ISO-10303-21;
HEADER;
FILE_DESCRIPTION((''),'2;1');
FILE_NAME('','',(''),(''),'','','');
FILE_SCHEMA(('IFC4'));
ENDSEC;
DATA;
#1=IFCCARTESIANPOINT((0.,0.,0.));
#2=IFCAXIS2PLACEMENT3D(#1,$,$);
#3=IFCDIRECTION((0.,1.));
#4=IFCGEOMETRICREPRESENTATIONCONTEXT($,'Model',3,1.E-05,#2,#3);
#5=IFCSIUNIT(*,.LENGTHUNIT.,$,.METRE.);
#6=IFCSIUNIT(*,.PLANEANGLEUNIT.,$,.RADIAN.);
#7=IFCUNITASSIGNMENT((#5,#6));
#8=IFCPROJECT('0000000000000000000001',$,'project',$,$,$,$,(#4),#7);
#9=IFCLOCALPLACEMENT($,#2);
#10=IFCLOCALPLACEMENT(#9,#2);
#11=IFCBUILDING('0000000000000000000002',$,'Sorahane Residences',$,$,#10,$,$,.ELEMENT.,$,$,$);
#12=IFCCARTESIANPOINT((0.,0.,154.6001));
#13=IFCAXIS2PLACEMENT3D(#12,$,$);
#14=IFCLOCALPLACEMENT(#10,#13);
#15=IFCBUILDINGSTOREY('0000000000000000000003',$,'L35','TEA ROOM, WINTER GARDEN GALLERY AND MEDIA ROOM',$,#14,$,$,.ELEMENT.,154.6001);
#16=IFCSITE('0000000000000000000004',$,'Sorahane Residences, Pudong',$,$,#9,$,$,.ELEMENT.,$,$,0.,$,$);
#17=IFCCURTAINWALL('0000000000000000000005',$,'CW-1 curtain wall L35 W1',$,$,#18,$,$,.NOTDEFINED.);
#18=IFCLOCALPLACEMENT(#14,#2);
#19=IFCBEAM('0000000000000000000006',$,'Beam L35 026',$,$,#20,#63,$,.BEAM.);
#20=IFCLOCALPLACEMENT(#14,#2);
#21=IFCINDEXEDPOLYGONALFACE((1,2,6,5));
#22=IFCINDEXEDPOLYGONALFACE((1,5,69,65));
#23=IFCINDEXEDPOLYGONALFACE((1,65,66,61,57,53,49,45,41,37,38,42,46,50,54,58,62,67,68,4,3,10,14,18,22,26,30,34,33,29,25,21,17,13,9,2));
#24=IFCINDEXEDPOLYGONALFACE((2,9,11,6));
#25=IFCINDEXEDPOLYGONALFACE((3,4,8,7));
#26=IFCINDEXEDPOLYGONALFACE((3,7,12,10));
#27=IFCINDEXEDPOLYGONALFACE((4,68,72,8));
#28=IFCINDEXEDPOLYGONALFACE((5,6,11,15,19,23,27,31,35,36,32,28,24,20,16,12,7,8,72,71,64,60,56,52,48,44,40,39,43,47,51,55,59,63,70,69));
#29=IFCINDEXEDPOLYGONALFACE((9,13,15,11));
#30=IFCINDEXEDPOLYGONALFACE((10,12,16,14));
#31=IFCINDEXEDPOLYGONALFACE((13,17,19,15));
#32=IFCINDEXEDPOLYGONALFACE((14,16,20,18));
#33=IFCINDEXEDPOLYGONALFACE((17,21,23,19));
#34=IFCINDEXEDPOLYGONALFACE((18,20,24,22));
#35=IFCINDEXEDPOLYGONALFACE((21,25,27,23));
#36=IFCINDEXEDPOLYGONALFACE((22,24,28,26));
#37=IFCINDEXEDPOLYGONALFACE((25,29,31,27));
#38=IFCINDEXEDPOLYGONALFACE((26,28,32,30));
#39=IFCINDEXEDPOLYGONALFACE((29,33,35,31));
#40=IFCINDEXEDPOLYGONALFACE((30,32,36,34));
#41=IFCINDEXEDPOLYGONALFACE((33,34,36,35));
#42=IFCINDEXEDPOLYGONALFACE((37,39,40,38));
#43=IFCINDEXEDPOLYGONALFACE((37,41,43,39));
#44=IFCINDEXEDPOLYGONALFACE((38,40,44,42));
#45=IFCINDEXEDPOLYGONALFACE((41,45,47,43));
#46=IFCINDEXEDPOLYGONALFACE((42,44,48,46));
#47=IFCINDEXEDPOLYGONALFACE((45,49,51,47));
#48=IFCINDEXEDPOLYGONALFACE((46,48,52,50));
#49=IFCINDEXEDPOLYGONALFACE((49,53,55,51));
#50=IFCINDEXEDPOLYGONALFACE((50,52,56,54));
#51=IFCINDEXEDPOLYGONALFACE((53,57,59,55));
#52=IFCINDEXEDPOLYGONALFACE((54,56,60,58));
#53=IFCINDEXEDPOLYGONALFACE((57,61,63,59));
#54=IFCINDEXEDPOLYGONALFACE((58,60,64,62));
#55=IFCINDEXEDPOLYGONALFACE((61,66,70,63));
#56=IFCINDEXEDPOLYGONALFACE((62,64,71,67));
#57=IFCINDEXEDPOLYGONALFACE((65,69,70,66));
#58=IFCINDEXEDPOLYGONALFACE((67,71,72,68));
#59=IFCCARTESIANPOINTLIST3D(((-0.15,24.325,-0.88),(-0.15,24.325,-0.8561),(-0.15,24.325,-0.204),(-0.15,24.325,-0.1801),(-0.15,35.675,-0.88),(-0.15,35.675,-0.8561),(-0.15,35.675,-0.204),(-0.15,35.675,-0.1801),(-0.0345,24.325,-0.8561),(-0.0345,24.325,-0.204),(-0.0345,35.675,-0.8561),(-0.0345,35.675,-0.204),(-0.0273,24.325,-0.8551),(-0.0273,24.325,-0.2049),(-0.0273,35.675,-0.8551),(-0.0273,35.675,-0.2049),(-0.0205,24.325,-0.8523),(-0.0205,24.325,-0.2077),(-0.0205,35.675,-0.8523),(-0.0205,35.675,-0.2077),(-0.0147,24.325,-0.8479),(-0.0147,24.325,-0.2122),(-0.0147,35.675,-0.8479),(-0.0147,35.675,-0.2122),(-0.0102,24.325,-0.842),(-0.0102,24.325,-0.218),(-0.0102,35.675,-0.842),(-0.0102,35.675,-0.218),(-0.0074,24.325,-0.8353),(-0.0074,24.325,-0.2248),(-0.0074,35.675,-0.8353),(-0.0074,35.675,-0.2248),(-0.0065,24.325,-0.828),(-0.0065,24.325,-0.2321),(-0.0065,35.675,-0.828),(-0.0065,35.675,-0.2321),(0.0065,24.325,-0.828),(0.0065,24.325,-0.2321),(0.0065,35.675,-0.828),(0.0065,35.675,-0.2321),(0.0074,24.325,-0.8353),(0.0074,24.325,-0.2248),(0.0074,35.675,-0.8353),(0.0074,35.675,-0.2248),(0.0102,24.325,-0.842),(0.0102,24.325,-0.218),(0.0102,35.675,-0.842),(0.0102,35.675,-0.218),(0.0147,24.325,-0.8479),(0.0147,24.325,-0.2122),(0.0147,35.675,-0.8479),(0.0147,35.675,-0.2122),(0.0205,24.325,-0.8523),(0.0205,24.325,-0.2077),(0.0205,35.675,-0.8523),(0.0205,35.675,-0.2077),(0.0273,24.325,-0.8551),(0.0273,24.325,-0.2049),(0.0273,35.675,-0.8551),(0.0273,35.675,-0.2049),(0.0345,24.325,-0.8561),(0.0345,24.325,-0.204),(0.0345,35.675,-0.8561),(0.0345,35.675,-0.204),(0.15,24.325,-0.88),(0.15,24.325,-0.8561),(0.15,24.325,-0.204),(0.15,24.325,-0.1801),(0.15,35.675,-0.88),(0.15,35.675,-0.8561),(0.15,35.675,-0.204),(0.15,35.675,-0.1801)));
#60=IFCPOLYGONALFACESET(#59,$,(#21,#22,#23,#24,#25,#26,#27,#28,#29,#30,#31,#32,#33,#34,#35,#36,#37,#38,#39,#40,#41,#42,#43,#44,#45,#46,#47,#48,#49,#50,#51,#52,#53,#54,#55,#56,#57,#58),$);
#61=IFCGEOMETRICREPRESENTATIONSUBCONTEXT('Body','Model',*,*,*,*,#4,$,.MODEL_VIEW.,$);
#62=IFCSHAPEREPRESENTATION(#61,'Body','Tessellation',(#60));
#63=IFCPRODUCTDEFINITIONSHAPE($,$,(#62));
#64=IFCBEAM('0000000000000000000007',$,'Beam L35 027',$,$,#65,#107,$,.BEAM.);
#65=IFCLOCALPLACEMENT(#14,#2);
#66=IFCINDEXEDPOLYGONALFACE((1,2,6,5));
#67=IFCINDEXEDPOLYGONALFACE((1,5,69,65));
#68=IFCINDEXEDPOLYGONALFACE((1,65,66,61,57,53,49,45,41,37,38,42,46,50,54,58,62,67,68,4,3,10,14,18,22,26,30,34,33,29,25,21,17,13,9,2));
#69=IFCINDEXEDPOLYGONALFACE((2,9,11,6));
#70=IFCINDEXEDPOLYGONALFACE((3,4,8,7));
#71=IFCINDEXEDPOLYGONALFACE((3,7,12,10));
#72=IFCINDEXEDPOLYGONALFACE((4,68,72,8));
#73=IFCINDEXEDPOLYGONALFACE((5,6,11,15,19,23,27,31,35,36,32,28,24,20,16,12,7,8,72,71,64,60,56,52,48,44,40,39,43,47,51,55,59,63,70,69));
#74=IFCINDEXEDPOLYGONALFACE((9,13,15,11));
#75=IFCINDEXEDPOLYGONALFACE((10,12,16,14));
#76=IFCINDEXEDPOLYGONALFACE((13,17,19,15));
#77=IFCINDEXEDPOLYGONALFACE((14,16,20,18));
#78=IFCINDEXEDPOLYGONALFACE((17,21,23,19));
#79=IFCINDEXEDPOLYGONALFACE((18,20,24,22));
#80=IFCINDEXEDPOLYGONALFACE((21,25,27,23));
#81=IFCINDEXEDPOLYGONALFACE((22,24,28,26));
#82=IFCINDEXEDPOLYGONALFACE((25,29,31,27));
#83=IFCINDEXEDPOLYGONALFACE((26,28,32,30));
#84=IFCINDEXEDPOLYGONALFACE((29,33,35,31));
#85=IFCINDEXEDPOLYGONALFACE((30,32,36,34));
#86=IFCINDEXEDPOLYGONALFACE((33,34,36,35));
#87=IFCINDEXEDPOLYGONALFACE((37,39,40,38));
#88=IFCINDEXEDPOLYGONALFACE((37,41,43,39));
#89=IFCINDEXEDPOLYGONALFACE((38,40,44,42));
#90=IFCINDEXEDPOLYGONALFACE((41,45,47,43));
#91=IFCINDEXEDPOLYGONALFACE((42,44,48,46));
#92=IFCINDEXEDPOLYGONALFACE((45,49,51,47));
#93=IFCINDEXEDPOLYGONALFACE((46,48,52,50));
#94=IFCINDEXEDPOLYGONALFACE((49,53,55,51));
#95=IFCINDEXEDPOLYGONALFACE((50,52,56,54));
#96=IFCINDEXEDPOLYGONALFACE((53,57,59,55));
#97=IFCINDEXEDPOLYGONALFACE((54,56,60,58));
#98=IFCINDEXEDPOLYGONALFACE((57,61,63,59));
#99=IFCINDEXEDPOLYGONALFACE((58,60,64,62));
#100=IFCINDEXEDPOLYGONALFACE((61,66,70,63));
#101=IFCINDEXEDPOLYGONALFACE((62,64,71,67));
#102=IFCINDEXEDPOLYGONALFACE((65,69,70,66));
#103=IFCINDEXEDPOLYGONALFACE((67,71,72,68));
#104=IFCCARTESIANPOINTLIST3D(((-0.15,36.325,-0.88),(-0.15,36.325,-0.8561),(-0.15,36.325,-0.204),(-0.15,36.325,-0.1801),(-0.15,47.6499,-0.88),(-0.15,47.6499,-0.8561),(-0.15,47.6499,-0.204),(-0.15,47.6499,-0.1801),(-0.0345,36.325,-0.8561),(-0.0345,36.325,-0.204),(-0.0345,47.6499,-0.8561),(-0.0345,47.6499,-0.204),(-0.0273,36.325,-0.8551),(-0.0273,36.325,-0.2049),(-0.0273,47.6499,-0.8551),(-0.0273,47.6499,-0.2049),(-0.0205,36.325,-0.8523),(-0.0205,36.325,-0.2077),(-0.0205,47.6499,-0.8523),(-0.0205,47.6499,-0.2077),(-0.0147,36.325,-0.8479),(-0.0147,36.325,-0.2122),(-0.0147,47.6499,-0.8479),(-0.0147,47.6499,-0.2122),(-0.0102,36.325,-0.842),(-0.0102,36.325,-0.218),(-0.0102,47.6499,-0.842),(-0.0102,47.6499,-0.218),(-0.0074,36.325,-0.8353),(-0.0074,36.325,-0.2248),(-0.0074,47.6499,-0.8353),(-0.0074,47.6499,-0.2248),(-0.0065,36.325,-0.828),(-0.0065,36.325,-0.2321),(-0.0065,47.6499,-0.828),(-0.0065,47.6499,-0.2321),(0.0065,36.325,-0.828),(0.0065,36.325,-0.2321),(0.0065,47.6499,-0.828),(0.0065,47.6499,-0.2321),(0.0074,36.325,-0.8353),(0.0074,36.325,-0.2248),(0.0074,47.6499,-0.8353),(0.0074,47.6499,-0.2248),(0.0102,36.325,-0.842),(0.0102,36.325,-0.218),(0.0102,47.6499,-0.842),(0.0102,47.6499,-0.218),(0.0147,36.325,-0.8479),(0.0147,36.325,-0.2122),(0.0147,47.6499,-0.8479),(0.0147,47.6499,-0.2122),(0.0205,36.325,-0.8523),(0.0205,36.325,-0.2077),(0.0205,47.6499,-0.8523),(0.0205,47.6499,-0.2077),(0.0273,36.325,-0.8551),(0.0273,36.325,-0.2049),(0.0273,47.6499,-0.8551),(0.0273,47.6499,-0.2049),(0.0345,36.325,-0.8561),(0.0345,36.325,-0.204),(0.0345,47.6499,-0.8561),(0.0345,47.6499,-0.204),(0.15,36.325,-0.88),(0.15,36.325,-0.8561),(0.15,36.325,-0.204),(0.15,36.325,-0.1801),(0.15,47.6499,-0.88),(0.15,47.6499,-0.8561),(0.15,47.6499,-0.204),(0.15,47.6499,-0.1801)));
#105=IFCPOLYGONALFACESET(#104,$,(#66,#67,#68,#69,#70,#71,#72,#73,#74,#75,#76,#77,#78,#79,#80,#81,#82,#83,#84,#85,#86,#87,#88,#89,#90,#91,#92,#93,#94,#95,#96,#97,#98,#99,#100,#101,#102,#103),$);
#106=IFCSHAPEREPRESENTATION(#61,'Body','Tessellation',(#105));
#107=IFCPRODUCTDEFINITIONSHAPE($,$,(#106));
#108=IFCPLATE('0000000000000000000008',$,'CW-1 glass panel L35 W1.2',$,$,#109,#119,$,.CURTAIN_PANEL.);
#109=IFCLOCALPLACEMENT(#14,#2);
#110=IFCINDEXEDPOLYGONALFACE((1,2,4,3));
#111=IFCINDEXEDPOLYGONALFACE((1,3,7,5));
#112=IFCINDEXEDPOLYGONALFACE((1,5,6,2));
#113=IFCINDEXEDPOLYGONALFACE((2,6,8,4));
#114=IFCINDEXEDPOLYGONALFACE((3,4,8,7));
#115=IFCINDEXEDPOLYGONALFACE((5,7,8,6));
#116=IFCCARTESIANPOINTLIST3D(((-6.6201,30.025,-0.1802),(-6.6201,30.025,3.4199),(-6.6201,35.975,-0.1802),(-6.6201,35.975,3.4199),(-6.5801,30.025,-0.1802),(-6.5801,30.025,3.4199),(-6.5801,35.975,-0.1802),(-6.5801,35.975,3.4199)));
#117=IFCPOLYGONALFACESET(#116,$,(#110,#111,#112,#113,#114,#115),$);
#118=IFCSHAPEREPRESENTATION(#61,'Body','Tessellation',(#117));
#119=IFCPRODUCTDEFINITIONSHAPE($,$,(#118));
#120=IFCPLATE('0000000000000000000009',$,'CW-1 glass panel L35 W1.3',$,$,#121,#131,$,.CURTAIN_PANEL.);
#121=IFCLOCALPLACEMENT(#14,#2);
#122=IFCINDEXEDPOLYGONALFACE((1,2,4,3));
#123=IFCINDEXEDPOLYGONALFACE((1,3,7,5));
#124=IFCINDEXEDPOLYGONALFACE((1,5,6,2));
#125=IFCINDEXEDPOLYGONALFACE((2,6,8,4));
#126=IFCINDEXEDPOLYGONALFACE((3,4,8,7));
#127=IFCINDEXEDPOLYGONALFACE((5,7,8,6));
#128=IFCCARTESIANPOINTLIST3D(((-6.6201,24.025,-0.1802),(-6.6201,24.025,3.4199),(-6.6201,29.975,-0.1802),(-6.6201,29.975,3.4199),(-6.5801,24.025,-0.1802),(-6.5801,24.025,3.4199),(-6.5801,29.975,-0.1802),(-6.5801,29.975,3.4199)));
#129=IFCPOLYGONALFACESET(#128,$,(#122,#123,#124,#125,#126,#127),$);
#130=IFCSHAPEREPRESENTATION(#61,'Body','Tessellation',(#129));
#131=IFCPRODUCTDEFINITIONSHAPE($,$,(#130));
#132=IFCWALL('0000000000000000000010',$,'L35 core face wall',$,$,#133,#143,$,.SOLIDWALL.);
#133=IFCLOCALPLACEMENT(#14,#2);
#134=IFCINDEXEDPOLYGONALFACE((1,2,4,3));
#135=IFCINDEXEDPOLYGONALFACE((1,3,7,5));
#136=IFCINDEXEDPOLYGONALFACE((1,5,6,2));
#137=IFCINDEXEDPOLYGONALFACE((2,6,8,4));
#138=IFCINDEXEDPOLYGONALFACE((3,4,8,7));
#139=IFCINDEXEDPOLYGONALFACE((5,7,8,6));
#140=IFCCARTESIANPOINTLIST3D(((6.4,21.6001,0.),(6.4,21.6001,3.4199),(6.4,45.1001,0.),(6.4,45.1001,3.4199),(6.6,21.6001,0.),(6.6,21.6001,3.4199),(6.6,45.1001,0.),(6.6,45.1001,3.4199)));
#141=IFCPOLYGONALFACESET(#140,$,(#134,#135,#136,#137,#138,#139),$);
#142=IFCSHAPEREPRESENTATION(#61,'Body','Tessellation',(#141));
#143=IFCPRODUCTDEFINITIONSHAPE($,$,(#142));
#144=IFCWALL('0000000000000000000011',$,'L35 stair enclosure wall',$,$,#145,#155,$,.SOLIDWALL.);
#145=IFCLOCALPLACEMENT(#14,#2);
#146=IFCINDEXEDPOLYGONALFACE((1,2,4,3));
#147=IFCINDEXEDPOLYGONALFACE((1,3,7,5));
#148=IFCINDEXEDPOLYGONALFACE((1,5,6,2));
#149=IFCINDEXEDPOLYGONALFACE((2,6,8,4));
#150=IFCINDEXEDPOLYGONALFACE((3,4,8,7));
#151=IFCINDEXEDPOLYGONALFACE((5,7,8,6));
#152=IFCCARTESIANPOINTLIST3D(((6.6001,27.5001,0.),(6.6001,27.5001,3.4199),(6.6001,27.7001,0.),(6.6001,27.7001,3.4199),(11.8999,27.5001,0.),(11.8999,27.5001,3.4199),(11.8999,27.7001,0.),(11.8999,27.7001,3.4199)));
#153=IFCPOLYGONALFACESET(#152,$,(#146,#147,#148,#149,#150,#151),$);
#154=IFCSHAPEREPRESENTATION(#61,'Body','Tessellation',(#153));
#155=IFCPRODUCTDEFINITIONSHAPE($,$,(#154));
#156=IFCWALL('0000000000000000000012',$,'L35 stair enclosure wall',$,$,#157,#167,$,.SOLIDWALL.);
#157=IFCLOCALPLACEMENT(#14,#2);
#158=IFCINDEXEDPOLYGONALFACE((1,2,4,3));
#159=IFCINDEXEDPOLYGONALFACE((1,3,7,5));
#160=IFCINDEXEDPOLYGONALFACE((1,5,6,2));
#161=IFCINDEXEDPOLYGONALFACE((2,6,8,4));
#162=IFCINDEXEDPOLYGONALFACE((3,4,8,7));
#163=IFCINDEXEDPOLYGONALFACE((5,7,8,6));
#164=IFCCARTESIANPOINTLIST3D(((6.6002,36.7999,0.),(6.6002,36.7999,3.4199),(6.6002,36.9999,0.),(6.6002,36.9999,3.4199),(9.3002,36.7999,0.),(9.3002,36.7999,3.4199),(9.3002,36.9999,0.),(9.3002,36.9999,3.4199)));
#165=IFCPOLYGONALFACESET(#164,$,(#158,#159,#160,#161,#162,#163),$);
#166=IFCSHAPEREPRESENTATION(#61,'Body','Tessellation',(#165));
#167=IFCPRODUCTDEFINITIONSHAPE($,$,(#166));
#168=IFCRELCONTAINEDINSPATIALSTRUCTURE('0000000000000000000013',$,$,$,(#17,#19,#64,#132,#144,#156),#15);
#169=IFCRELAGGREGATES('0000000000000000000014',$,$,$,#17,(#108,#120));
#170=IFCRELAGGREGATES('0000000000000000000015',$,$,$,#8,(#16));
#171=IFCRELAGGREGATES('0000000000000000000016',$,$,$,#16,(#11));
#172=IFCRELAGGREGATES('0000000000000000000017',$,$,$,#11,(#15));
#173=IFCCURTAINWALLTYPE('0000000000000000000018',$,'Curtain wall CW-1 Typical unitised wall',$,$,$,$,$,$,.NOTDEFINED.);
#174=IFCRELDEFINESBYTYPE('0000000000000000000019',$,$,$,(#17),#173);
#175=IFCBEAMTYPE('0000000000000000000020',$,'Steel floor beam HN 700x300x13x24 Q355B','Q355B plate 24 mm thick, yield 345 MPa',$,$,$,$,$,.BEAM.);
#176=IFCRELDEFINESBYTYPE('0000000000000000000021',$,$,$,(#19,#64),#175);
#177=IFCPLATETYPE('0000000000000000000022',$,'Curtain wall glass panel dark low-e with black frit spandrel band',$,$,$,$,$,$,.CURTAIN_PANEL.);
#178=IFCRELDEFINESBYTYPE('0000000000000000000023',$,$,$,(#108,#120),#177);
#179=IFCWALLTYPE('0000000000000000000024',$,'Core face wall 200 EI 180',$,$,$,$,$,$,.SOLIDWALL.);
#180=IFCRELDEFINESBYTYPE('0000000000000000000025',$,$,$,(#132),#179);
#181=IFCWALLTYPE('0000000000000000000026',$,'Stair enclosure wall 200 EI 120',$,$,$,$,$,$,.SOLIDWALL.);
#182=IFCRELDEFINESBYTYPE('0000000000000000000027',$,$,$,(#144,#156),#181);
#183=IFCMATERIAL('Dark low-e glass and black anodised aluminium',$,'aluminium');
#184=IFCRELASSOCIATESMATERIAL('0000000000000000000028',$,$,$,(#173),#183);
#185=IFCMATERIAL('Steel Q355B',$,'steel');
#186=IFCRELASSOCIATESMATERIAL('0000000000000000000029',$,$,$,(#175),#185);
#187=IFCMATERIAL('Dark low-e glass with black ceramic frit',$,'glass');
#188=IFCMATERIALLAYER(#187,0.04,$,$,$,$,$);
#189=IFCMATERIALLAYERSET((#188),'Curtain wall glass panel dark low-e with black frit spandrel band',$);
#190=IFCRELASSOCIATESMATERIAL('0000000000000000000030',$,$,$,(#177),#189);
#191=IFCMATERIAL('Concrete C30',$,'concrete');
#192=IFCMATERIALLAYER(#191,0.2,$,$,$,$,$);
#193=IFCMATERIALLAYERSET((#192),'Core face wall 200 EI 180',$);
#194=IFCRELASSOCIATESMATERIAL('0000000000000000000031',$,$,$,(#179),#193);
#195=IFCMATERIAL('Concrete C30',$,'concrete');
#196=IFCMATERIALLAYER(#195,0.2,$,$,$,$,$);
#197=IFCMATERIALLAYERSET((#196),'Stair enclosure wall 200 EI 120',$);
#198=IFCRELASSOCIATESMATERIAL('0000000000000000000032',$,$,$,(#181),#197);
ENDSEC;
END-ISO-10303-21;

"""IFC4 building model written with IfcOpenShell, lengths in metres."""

from ifc_helpers import new_model, si_unit, direction, frame, frame_2d, origin, origin_2d, place, context, subcontext, project, spatial, rectangle, i_section, extrude, material, layer, layer_set, material_profile, profile_set, type_object, element, aggregate, save


model = new_model("IFC4")

# Units and contexts
model_context = context("Model", 3, precision=1e-05, world=origin(), true_north=direction((0.0, 1.0)))
body_context = subcontext(model_context, "Body", "Model", "MODEL_VIEW")
ifc_project = project(units=[si_unit("LENGTHUNIT", "METRE"), si_unit("PLANEANGLEUNIT", "RADIAN")], contexts=[model_context])

# Site, building, storey
site_placement = place(None, origin())
site = spatial("IfcSite", under=ifc_project, at=site_placement, Name="Sorahane Residences, Pudong", CompositionType="ELEMENT", RefElevation=0.0)
building_placement = place(site_placement, origin())
building = spatial("IfcBuilding", under=site, at=building_placement, Name="Sorahane Residences", CompositionType="ELEMENT")
storey_placement = place(building_placement, frame((0.0, 0.0, 154.6001)))
storey = spatial("IfcBuildingStorey", under=building, at=storey_placement, Name="L35", Description="TEA ROOM, WINTER GARDEN GALLERY AND MEDIA ROOM", CompositionType="ELEMENT", Elevation=154.6001)

# Curtain wall
ifc_material_1 = material(Name="Dark low-e glass and black anodised aluminium", Category="aluminium")
curtain_wall_type = type_object("IfcCurtainWallType", Name="Curtain wall CW-1 Typical unitised wall", PredefinedType="NOTDEFINED", material=ifc_material_1)
curtain_wall_placement = place(storey_placement, origin())
curtain_wall = element("IfcCurtainWall", 1, at=curtain_wall_placement, inside=storey, type_object=curtain_wall_type, Name="CW-1 curtain wall L35 W1", PredefinedType="NOTDEFINED")

# Beams
ifc_material_2 = material(Name="Steel Q355B", Category="steel")
ifc_material_profile_1 = material_profile(ifc_material_2, i_section(OverallWidth=0.3, OverallDepth=0.7, WebThickness=0.0129, FlangeThickness=0.0239, FilletRadius=0.0281, at=origin_2d()), Name="HN 700x300x13x24")
ifc_profile_set_1 = profile_set([ifc_material_profile_1], Name="Steel Q355B")
beam_type_1 = type_object("IfcBeamType", Name="Steel floor beam HN 700x300x13x24 Q355B", Description="Q355B plate 24 mm thick, yield 345 MPa", PredefinedType="BEAM", material=ifc_profile_set_1)
beam_1_placement = place(storey_placement, frame((0.0, 24.325, -0.53), z_axis=(0.0, 1.0, 0.0), x_axis=(-1.0, 0.0, 0.0)))
element("IfcBeam", 2, at=beam_1_placement, inside=storey, type_object=beam_type_1, Name="Beam L35 026", PredefinedType="BEAM", context=body_context, shape_type="SweptSolid", body=[
    extrude(i_section(OverallWidth=0.3, OverallDepth=0.7, WebThickness=0.0129, FlangeThickness=0.0239, FilletRadius=0.0281, at=origin_2d()), origin(), (0.0, 0.0, 1.0), 11.3501),
])
beam_2_placement = place(storey_placement, frame((0.0, 36.325, -0.53), z_axis=(0.0, 1.0, 0.0), x_axis=(-1.0, 0.0, 0.0)))
element("IfcBeam", 3, at=beam_2_placement, inside=storey, type_object=beam_type_1, Name="Beam L35 027", PredefinedType="BEAM", context=body_context, shape_type="SweptSolid", body=[
    extrude(i_section(OverallWidth=0.3, OverallDepth=0.7, WebThickness=0.0129, FlangeThickness=0.0239, FilletRadius=0.0281, at=origin_2d()), origin(), (0.0, 0.0, 1.0), 11.325),
])

# Plates
ifc_material_3 = material(Name="Dark low-e glass with black ceramic frit", Category="glass")
ifc_layer_1 = layer(ifc_material_3, 0.04)
ifc_layer_set_1 = layer_set([ifc_layer_1], Name="Curtain wall glass panel dark low-e with black frit spandrel band")
plate_type = type_object("IfcPlateType", Name="Curtain wall glass panel dark low-e with black frit spandrel band", PredefinedType="CURTAIN_PANEL", material=ifc_layer_set_1)
plate_1_placement = place(storey_placement, frame((-6.6001, 33.0, -0.1802), z_axis=(0.0, 0.0, 1.0), x_axis=(0.0, -1.0, 0.0)))
plate_1 = element("IfcPlate", 4, at=plate_1_placement, type_object=plate_type, Name="CW-1 glass panel L35 W1.2", PredefinedType="CURTAIN_PANEL", context=body_context, shape_type="SweptSolid", body=[
    extrude(rectangle(XDim=5.95, YDim=0.04, at=origin_2d()), origin(), (0.0, 0.0, 1.0), 3.6001),
])
plate_2_placement = place(storey_placement, frame((-6.6001, 27.0, -0.1802), z_axis=(0.0, 0.0, 1.0), x_axis=(0.0, -1.0, 0.0)))
plate_2 = element("IfcPlate", 5, at=plate_2_placement, type_object=plate_type, Name="CW-1 glass panel L35 W1.3", PredefinedType="CURTAIN_PANEL", context=body_context, shape_type="SweptSolid", body=[
    extrude(rectangle(XDim=5.95, YDim=0.04, at=origin_2d()), origin(), (0.0, 0.0, 1.0), 3.6001),
])
aggregate(curtain_wall, [plate_1, plate_2])

# Walls
ifc_material_4 = material(Name="Concrete C30", Category="concrete")
ifc_layer_2 = layer(ifc_material_4, 0.2)
ifc_layer_set_2 = layer_set([ifc_layer_2], Name="Core face wall 200 EI 180")
wall_type_1 = type_object("IfcWallType", Name="Core face wall 200 EI 180", PredefinedType="SOLIDWALL", material=ifc_layer_set_2)
wall_1_placement = place(storey_placement, frame((6.5, 21.6001, 0.0), z_axis=(0.0, 0.0, 1.0), x_axis=(0.0, 1.0, 0.0)))
element("IfcWall", 6, at=wall_1_placement, inside=storey, type_object=wall_type_1, Name="L35 core face wall", PredefinedType="SOLIDWALL", context=body_context, shape_type="SweptSolid", body=[
    extrude(rectangle(XDim=23.5, YDim=0.2, at=frame_2d((11.75, 0.0))), origin(), (0.0, 0.0, 1.0), 3.4199),
])
ifc_material_5 = material(Name="Concrete C30", Category="concrete")
ifc_layer_3 = layer(ifc_material_5, 0.2)
ifc_layer_set_3 = layer_set([ifc_layer_3], Name="Stair enclosure wall 200 EI 120")
wall_type_2 = type_object("IfcWallType", Name="Stair enclosure wall 200 EI 120", PredefinedType="SOLIDWALL", material=ifc_layer_set_3)
wall_2_placement = place(storey_placement, frame((6.6001, 27.6001, 0.0), z_axis=(0.0, 0.0, 1.0), x_axis=(1.0, 0.0, 0.0)))
element("IfcWall", 7, at=wall_2_placement, inside=storey, type_object=wall_type_2, Name="L35 stair enclosure wall", PredefinedType="SOLIDWALL", context=body_context, shape_type="SweptSolid", body=[
    extrude(rectangle(XDim=5.2998, YDim=0.2, at=frame_2d((2.6499, 0.0))), origin(), (0.0, 0.0, 1.0), 3.4199),
])
wall_3_placement = place(storey_placement, frame((6.6001, 36.8999, 0.0), z_axis=(0.0, 0.0, 1.0), x_axis=(1.0, 0.0, 0.0)))
element("IfcWall", 8, at=wall_3_placement, inside=storey, type_object=wall_type_2, Name="L35 stair enclosure wall", PredefinedType="SOLIDWALL", context=body_context, shape_type="SweptSolid", body=[
    extrude(rectangle(XDim=2.7, YDim=0.2, at=frame_2d((1.3501, 0.0))), origin(), (0.0, 0.0, 1.0), 3.4199),
])

save(model, "model.ifc")
